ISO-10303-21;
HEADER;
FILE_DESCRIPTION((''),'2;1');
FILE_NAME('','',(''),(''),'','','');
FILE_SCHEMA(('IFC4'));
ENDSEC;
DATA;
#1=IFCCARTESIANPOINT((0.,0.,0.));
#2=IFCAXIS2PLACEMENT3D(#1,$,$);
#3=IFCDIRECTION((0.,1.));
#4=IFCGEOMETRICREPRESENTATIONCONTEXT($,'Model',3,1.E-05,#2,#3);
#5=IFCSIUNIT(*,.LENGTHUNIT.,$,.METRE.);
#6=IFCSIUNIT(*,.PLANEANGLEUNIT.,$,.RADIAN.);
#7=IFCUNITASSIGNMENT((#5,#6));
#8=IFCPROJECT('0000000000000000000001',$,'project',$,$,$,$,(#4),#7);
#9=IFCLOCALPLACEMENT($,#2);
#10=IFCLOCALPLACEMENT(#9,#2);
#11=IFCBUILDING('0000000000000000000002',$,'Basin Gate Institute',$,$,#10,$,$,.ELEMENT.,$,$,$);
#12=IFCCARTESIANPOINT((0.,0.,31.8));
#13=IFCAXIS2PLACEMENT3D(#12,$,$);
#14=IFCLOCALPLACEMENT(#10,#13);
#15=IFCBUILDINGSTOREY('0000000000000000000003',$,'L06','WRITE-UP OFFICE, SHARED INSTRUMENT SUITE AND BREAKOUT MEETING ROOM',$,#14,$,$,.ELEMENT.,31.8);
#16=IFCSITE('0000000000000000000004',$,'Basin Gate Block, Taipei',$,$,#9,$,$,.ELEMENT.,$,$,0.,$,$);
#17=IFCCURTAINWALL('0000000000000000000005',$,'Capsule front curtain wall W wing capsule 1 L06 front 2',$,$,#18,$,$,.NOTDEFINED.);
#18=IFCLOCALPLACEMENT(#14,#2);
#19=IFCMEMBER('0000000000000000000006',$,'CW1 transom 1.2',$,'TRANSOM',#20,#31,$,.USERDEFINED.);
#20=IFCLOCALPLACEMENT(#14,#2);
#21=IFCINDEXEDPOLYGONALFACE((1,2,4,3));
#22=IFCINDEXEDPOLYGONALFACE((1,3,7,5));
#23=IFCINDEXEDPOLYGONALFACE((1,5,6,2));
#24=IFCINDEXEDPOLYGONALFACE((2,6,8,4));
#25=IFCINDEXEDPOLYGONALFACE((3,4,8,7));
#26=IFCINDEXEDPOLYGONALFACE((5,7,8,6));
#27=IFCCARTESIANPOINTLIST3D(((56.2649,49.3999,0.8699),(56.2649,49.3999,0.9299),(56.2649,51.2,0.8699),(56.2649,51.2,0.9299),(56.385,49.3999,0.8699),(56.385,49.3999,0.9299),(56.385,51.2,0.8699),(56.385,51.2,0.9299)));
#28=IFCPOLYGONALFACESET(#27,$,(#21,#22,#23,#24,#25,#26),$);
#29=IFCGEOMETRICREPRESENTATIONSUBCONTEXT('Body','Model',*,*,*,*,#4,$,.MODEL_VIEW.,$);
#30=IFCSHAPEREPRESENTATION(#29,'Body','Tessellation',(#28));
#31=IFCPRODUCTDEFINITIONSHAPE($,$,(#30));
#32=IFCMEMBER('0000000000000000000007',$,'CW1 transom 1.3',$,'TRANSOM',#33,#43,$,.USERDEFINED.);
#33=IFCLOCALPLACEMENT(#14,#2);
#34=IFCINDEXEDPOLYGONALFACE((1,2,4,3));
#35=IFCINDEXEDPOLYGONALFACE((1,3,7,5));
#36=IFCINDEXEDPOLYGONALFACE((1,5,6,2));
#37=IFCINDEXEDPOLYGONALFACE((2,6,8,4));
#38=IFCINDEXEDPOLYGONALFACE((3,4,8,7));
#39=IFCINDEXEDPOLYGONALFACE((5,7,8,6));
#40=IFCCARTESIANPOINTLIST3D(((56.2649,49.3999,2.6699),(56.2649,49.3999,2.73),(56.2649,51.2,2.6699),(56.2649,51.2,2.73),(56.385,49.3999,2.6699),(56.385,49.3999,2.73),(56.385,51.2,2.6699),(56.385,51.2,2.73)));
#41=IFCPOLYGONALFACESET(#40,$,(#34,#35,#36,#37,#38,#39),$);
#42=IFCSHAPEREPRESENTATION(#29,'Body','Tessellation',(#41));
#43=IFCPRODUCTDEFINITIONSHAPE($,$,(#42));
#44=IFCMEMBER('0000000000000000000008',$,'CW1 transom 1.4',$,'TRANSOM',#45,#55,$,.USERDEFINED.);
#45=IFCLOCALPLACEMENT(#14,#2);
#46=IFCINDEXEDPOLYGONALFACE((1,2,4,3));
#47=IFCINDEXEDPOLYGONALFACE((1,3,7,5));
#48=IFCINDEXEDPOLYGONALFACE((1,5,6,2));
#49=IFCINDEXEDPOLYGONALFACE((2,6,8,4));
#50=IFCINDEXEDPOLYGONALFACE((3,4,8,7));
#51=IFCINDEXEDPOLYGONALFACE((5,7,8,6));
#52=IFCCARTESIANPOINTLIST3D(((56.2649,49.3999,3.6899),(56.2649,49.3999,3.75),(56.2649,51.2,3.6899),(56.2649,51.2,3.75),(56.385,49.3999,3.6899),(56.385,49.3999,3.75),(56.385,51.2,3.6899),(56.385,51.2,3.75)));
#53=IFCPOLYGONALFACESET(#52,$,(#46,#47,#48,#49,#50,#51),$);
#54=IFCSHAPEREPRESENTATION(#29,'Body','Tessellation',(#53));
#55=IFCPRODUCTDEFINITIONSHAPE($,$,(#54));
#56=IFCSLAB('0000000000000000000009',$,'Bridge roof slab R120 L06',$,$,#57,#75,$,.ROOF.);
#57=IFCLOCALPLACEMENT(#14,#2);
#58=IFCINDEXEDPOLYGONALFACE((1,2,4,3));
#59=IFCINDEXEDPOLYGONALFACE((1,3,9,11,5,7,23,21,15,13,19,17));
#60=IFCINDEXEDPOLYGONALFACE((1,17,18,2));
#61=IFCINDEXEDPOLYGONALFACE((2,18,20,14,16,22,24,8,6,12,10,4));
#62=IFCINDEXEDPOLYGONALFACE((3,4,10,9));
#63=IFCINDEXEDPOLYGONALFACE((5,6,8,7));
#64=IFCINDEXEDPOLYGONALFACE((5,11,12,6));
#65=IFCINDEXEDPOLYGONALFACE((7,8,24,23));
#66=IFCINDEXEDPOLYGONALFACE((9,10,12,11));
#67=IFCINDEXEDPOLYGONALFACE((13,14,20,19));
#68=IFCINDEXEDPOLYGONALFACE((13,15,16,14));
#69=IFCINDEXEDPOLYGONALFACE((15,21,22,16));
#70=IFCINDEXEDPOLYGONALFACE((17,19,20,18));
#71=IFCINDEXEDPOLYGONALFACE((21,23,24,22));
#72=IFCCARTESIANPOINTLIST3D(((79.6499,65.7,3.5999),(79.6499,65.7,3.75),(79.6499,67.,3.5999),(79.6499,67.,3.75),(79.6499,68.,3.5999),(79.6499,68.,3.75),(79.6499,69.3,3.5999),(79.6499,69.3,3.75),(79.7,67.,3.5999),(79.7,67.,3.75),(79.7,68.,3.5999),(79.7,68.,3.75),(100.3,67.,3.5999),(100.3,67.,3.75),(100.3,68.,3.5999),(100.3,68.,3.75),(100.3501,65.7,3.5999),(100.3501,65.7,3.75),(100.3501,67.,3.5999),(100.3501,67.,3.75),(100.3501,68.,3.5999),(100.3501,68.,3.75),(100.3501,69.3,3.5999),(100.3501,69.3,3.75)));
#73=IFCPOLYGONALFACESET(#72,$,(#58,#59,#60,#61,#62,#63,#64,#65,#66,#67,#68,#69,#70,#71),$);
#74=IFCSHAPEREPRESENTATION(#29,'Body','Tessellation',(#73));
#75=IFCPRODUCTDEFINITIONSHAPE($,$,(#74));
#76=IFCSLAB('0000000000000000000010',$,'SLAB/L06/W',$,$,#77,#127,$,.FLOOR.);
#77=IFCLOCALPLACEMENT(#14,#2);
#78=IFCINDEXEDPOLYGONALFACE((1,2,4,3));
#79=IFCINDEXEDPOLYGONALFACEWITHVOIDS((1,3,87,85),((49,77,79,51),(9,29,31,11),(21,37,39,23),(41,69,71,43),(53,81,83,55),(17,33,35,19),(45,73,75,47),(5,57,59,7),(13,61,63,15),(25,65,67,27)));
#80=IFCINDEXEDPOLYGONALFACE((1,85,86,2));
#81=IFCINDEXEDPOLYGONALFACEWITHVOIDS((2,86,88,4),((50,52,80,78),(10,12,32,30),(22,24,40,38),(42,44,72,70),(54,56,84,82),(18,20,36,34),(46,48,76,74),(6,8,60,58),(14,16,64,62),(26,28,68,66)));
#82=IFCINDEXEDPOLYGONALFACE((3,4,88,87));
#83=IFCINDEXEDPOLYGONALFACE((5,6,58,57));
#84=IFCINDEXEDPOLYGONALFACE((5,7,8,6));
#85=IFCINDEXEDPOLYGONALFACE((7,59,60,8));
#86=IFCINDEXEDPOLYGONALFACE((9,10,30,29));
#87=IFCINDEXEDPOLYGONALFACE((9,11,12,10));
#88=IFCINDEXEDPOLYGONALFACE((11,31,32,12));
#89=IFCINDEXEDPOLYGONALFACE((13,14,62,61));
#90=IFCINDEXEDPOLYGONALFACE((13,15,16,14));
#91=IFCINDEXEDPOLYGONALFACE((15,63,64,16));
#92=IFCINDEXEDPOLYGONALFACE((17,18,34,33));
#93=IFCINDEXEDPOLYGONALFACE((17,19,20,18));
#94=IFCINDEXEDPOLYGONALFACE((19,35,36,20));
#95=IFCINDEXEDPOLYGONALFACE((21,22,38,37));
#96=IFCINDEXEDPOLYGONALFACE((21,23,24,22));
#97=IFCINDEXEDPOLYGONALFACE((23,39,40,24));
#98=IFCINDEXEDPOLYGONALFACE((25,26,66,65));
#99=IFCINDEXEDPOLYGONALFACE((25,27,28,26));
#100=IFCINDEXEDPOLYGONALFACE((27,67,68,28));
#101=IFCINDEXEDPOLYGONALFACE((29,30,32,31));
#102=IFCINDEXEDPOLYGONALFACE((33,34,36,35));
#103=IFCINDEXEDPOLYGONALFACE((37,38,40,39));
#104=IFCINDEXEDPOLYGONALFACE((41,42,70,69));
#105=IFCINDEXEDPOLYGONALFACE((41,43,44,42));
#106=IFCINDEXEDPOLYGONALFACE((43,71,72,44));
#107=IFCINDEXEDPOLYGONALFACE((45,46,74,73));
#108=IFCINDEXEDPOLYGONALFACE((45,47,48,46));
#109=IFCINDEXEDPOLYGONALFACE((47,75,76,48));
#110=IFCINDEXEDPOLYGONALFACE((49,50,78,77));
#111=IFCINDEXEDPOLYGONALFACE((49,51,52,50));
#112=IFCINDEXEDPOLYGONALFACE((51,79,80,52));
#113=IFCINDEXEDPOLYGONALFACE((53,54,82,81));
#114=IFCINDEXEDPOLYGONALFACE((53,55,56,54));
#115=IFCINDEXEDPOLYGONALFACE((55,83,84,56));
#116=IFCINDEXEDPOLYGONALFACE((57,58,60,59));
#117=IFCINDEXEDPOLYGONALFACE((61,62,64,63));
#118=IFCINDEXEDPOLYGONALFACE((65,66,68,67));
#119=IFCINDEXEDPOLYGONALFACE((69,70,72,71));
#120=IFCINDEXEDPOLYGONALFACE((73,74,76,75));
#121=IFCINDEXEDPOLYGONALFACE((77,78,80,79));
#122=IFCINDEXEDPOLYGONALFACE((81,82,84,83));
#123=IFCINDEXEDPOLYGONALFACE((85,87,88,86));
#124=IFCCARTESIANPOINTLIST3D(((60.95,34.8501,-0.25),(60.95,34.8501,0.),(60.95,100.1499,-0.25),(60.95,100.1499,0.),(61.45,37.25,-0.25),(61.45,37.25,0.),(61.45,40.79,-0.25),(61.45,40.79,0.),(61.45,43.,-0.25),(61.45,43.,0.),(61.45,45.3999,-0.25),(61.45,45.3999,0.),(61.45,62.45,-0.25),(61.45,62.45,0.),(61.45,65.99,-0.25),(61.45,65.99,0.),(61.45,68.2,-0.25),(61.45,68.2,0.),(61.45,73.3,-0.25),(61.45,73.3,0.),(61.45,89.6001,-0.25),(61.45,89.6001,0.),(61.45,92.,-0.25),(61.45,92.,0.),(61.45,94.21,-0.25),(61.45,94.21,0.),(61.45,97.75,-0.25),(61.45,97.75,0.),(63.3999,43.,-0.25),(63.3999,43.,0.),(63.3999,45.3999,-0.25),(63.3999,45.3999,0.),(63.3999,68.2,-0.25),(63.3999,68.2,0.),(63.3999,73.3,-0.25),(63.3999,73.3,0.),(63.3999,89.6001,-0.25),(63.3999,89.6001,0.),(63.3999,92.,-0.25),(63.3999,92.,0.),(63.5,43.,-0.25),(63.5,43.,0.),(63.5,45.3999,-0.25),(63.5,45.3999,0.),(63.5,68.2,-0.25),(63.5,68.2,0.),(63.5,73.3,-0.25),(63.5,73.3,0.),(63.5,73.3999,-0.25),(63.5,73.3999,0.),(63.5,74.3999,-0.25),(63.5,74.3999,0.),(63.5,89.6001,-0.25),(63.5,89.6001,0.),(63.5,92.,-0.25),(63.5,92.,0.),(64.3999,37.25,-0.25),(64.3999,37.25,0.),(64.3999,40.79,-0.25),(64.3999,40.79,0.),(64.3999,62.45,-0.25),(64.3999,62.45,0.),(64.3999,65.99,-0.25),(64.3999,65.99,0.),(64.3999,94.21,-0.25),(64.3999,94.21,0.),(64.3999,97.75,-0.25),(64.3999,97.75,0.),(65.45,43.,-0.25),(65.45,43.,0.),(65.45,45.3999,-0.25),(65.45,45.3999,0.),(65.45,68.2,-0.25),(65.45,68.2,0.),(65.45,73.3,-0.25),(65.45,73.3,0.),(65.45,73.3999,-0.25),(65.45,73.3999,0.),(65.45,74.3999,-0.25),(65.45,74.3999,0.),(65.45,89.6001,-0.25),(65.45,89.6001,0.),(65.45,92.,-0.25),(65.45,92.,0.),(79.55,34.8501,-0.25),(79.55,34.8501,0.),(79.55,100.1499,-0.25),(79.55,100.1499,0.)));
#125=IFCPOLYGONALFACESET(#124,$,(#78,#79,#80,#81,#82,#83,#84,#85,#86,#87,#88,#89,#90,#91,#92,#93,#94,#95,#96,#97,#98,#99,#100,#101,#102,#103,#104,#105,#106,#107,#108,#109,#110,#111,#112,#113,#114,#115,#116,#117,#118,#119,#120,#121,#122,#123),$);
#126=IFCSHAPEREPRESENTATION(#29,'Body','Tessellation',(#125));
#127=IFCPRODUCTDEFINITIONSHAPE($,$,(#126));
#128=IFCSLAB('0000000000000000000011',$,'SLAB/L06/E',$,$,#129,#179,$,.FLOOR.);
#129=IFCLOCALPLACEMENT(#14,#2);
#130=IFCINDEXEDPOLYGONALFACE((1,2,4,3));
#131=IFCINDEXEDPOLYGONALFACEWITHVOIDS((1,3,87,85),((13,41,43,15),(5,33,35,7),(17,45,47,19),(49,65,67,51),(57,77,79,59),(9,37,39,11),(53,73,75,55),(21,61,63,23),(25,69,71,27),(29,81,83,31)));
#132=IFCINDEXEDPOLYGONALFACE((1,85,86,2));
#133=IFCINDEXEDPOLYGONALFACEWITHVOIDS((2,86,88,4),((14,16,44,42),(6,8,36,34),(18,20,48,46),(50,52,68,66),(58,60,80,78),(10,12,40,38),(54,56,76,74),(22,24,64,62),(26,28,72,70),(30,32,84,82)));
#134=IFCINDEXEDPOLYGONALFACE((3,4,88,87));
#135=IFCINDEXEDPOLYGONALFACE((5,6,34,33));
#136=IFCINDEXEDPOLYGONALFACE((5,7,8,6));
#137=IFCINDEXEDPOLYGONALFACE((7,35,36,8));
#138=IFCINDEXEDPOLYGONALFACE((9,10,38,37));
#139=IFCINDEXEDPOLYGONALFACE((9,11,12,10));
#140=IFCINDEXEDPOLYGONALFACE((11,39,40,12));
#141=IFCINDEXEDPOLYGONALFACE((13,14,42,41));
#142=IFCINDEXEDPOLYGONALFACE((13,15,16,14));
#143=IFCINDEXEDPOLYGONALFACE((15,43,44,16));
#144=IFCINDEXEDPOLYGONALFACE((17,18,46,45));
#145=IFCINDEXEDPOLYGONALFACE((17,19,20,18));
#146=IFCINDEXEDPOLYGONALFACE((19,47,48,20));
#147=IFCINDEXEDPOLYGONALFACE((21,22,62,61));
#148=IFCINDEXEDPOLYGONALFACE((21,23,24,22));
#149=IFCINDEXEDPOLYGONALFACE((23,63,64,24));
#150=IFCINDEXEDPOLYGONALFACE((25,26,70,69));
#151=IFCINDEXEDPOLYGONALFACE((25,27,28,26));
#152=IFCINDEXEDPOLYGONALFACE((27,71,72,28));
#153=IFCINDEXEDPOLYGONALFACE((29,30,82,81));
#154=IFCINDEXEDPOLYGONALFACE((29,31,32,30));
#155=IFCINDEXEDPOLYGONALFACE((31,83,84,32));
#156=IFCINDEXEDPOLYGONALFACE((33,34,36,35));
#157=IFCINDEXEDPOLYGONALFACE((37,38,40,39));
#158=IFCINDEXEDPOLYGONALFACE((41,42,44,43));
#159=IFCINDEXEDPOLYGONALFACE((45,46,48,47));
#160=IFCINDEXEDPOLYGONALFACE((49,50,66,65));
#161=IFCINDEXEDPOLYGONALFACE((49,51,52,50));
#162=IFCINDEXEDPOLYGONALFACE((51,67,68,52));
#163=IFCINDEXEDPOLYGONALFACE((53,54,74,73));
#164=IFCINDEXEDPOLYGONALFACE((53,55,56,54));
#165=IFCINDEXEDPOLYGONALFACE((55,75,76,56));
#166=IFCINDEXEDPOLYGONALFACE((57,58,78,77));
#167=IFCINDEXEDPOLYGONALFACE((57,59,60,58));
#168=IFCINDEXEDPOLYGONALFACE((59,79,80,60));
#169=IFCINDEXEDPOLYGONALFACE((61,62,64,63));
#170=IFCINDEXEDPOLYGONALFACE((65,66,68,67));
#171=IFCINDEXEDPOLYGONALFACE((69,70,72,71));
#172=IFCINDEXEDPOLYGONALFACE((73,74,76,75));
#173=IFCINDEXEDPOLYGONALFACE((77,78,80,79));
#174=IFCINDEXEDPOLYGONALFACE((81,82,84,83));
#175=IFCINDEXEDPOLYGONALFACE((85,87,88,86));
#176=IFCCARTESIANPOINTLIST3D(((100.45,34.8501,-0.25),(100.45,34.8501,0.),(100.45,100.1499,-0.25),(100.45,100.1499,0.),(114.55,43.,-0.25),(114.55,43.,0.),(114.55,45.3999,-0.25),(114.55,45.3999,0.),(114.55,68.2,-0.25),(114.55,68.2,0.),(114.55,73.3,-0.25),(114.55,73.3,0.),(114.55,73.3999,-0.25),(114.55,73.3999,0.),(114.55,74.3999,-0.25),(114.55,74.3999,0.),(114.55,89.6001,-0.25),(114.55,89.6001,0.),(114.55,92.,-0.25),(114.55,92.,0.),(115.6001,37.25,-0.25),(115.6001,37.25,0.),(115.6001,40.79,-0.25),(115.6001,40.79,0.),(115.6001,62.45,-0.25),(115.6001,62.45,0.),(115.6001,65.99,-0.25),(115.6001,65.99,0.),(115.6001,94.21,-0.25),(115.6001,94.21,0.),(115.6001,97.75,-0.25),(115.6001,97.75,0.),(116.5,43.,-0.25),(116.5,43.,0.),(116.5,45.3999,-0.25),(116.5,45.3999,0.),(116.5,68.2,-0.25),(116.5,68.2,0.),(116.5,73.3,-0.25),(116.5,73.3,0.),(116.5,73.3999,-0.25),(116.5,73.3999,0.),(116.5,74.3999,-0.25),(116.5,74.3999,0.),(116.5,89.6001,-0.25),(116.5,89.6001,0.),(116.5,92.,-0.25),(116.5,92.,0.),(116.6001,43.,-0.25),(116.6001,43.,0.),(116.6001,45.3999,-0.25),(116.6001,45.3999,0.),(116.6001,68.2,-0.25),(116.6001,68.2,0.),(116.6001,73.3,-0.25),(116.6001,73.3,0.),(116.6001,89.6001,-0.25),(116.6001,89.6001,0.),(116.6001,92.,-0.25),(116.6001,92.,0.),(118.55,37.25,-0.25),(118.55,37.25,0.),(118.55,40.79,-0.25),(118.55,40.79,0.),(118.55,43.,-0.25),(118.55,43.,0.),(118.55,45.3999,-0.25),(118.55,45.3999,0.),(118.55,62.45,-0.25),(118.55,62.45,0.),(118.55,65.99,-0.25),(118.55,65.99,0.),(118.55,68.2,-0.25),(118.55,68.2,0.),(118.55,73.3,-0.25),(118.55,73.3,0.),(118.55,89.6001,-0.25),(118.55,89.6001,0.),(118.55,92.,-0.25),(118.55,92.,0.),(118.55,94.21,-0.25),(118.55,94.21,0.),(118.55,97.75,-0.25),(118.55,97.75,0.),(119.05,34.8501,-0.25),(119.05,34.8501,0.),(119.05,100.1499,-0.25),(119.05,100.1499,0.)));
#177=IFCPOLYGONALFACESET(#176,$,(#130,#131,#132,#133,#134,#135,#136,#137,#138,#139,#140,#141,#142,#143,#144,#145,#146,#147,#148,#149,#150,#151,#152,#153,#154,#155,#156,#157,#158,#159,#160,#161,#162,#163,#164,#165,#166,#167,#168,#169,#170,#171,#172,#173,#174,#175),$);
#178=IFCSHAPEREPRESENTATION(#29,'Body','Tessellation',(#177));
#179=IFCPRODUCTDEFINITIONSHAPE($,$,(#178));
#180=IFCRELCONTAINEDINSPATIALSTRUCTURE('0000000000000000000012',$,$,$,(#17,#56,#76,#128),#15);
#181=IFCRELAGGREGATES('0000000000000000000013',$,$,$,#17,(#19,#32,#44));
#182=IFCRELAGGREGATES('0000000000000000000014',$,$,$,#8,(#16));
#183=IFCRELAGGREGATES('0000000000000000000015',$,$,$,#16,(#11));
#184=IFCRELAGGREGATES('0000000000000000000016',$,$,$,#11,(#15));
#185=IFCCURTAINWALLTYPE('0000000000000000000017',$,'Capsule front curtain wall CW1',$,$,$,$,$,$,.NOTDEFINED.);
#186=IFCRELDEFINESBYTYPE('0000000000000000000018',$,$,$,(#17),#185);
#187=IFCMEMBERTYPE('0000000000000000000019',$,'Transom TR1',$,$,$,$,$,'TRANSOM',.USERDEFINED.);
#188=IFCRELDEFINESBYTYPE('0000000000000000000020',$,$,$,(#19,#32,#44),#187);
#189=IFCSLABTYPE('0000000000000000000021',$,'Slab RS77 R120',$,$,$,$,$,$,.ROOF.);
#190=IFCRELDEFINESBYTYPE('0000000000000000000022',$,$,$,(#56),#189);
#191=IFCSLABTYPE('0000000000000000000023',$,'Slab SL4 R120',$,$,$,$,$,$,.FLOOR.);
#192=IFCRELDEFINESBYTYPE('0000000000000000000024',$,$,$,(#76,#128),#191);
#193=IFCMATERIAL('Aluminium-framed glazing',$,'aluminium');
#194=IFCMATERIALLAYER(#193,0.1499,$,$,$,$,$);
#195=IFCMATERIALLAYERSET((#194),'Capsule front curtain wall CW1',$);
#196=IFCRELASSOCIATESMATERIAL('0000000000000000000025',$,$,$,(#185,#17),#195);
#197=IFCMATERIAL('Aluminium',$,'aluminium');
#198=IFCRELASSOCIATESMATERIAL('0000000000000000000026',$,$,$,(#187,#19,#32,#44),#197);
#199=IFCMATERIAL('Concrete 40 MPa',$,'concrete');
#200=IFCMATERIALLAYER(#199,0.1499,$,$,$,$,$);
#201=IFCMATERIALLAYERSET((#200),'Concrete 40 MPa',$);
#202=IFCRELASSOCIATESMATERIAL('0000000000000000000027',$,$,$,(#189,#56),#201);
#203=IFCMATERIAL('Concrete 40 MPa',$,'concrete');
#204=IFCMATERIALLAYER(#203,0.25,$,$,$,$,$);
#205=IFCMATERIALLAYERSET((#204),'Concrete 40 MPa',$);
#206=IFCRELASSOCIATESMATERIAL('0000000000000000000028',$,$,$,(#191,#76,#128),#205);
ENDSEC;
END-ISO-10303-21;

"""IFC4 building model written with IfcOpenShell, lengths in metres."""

from ifc_helpers import new_model, si_unit, direction, frame, origin, origin_2d, place, context, subcontext, project, spatial, polyline, rectangle, outline, extrude, material, layer, layer_set, material_profile, profile_set, type_object, element, aggregate, save


model = new_model("IFC4")

# Units and contexts
model_context = context("Model", 3, precision=1e-05, world=origin(), true_north=direction((0.0, 1.0)))
body_context = subcontext(model_context, "Body", "Model", "MODEL_VIEW")
ifc_project = project(units=[si_unit("LENGTHUNIT", "METRE"), si_unit("PLANEANGLEUNIT", "RADIAN")], contexts=[model_context])

# Site, building, storey
site_placement = place(None, origin())
site = spatial("IfcSite", under=ifc_project, at=site_placement, Name="Basin Gate Block, Taipei", CompositionType="ELEMENT", RefElevation=0.0)
building_placement = place(site_placement, origin())
building = spatial("IfcBuilding", under=site, at=building_placement, Name="Basin Gate Institute", CompositionType="ELEMENT")
storey_placement = place(building_placement, frame((0.0, 0.0, 31.8)))
storey = spatial("IfcBuildingStorey", under=building, at=storey_placement, Name="L06", Description="WRITE-UP OFFICE, SHARED INSTRUMENT SUITE AND BREAKOUT MEETING ROOM", CompositionType="ELEMENT", Elevation=31.8)

# Shared definitions
ifc_material_1 = material(Name="Aluminium-framed glazing", Category="aluminium")
ifc_layer_1 = layer(ifc_material_1, 0.1499)
ifc_layer_set_1 = layer_set([ifc_layer_1], Name="Capsule front curtain wall CW1")
curtain_wall_type = type_object("IfcCurtainWallType", Name="Capsule front curtain wall CW1", PredefinedType="NOTDEFINED", material=ifc_layer_set_1)

# Curtain wall
curtain_wall_1_placement = place(storey_placement, origin())
curtain_wall_1 = element("IfcCurtainWall", 1, at=curtain_wall_1_placement, inside=storey, type_object=curtain_wall_type, material=ifc_layer_set_1, Name="Capsule front curtain wall W wing capsule 1 L06 front 2", PredefinedType="NOTDEFINED")

# Members
ifc_material_2 = material(Name="Aluminium", Category="aluminium")
ifc_material_profile_1 = material_profile(ifc_material_2, rectangle(XDim=0.1201, YDim=0.0601, at=origin_2d()), Name="Transom TR1 120 x 60")
ifc_profile_set_1 = profile_set([ifc_material_profile_1], Name="Aluminium")
member_type_1 = type_object("IfcMemberType", Name="Transom TR1", ElementType="TRANSOM", PredefinedType="USERDEFINED", material=ifc_profile_set_1)
member_1_placement = place(storey_placement, frame((56.325, 49.3999, 0.8999), z_axis=(0.0, 1.0, 0.0), x_axis=(-1.0, 0.0, 0.0)))
member_1 = element("IfcMember", 2, at=member_1_placement, type_object=member_type_1, material=ifc_profile_set_1, Name="CW1 transom 1.2", ObjectType="TRANSOM", PredefinedType="USERDEFINED", context=body_context, shape_type="SweptSolid", body=[
    extrude(rectangle(XDim=0.1201, YDim=0.0601, at=origin_2d()), origin(), (0.0, 0.0, 1.0), 1.8),
])
member_2_placement = place(storey_placement, frame((56.325, 49.3999, 2.7), z_axis=(0.0, 1.0, 0.0), x_axis=(-1.0, 0.0, 0.0)))
member_2 = element("IfcMember", 3, at=member_2_placement, type_object=member_type_1, material=ifc_profile_set_1, Name="CW1 transom 1.3", ObjectType="TRANSOM", PredefinedType="USERDEFINED", context=body_context, shape_type="SweptSolid", body=[
    extrude(rectangle(XDim=0.1201, YDim=0.0601, at=origin_2d()), origin(), (0.0, 0.0, 1.0), 1.8),
])
member_3_placement = place(storey_placement, frame((56.325, 49.3999, 3.72), z_axis=(0.0, 1.0, 0.0), x_axis=(-1.0, 0.0, 0.0)))
member_3 = element("IfcMember", 4, at=member_3_placement, type_object=member_type_1, material=ifc_profile_set_1, Name="CW1 transom 1.4", ObjectType="TRANSOM", PredefinedType="USERDEFINED", context=body_context, shape_type="SweptSolid", body=[
    extrude(rectangle(XDim=0.1201, YDim=0.0601, at=origin_2d()), origin(), (0.0, 0.0, 1.0), 1.8),
])

# Slabs
ifc_material_3 = material(Name="Concrete 40 MPa", Category="concrete")
ifc_layer_2 = layer(ifc_material_3, 0.1499)
ifc_layer_set_2 = layer_set([ifc_layer_2], Name="Concrete 40 MPa")
slab_type_1 = type_object("IfcSlabType", Name="Slab RS77 R120", PredefinedType="ROOF", material=ifc_layer_set_2)
slab_1_placement = place(storey_placement, frame((0.0, 0.0, 3.5999)))
element("IfcSlab", 5, at=slab_1_placement, inside=storey, type_object=slab_type_1, material=ifc_layer_set_2, Name="Bridge roof slab R120 L06", PredefinedType="ROOF", context=body_context, shape_type="SweptSolid", body=[
    extrude(outline(polyline([(79.6499, 65.7), (100.3501, 65.7), (100.3501, 67.0), (100.3, 67.0), (100.3, 68.0), (100.3501, 68.0), (100.3501, 69.3), (79.6499, 69.3), (79.6499, 68.0), (79.7, 68.0), (79.7, 67.0), (79.6499, 67.0), (79.6499, 65.7)])), origin(), (0.0, 0.0, 1.0), 0.1501),
])
ifc_material_4 = material(Name="Concrete 40 MPa", Category="concrete")
ifc_layer_3 = layer(ifc_material_4, 0.25)
ifc_layer_set_3 = layer_set([ifc_layer_3], Name="Concrete 40 MPa")
slab_type_2 = type_object("IfcSlabType", Name="Slab SL4 R120", PredefinedType="FLOOR", material=ifc_layer_set_3)
slab_2_placement = place(storey_placement, frame((0.0, 0.0, -0.25)))
element("IfcSlab", 6, at=slab_2_placement, inside=storey, type_object=slab_type_2, material=ifc_layer_set_3, Name="SLAB/L06/W", PredefinedType="FLOOR", context=body_context, shape_type="SweptSolid", body=[
    extrude(outline(polyline([(60.95, 34.8501), (79.55, 34.8501), (79.55, 100.1499), (60.95, 100.1499), (60.95, 34.8501)]), holes=[polyline([(61.45, 37.25), (64.3999, 37.25), (64.3999, 40.79), (61.45, 40.79), (61.45, 37.25)]), polyline([(61.45, 62.45), (64.3999, 62.45), (64.3999, 65.99), (61.45, 65.99), (61.45, 62.45)]), polyline([(61.45, 94.21), (64.3999, 94.21), (64.3999, 97.75), (61.45, 97.75), (61.45, 94.21)]), polyline([(61.45, 43.0), (63.3999, 43.0), (63.3999, 45.3999), (61.45, 45.3999), (61.45, 43.0)]), polyline([(61.45, 68.2), (63.3999, 68.2), (63.3999, 73.3), (61.45, 73.3), (61.45, 68.2)]), polyline([(63.5, 73.3999), (65.45, 73.3999), (65.45, 74.3999), (63.5, 74.3999), (63.5, 73.3999)]), polyline([(61.45, 89.6001), (63.3999, 89.6001), (63.3999, 92.0), (61.45, 92.0), (61.45, 89.6001)]), polyline([(63.5, 43.0), (65.45, 43.0), (65.45, 45.3999), (63.5, 45.3999), (63.5, 43.0)]), polyline([(65.45, 68.2), (63.5, 68.2), (63.5, 73.3), (65.45, 73.3), (65.45, 68.2)]), polyline([(63.5, 89.6001), (65.45, 89.6001), (65.45, 92.0), (63.5, 92.0), (63.5, 89.6001)])]), origin(), (0.0, 0.0, 1.0), 0.25),
])
slab_3_placement = place(storey_placement, frame((0.0, 0.0, -0.25)))
element("IfcSlab", 7, at=slab_3_placement, inside=storey, type_object=slab_type_2, material=ifc_layer_set_3, Name="SLAB/L06/E", PredefinedType="FLOOR", context=body_context, shape_type="SweptSolid", body=[
    extrude(outline(polyline([(119.05, 100.1499), (100.45, 100.1499), (100.45, 34.8501), (119.05, 34.8501), (119.05, 100.1499)]), holes=[polyline([(118.55, 40.79), (115.6001, 40.79), (115.6001, 37.25), (118.55, 37.25), (118.55, 40.79)]), polyline([(118.55, 65.99), (115.6001, 65.99), (115.6001, 62.45), (118.55, 62.45), (118.55, 65.99)]), polyline([(118.55, 97.75), (115.6001, 97.75), (115.6001, 94.21), (118.55, 94.21), (118.55, 97.75)]), polyline([(118.55, 45.3999), (116.6001, 45.3999), (116.6001, 43.0), (118.55, 43.0), (118.55, 45.3999)]), polyline([(118.55, 73.3), (116.6001, 73.3), (116.6001, 68.2), (118.55, 68.2), (118.55, 73.3)]), polyline([(116.5, 74.3999), (114.55, 74.3999), (114.55, 73.3999), (116.5, 73.3999), (116.5, 74.3999)]), polyline([(118.55, 92.0), (116.6001, 92.0), (116.6001, 89.6001), (118.55, 89.6001), (118.55, 92.0)]), polyline([(116.5, 45.3999), (114.55, 45.3999), (114.55, 43.0), (116.5, 43.0), (116.5, 45.3999)]), polyline([(116.5, 68.2), (114.55, 68.2), (114.55, 73.3), (116.5, 73.3), (116.5, 68.2)]), polyline([(116.5, 92.0), (114.55, 92.0), (114.55, 89.6001), (116.5, 89.6001), (116.5, 92.0)])]), origin(), (0.0, 0.0, 1.0), 0.25),
])

aggregate(curtain_wall_1, [member_1, member_2, member_3])

save(model, "model.ifc")
